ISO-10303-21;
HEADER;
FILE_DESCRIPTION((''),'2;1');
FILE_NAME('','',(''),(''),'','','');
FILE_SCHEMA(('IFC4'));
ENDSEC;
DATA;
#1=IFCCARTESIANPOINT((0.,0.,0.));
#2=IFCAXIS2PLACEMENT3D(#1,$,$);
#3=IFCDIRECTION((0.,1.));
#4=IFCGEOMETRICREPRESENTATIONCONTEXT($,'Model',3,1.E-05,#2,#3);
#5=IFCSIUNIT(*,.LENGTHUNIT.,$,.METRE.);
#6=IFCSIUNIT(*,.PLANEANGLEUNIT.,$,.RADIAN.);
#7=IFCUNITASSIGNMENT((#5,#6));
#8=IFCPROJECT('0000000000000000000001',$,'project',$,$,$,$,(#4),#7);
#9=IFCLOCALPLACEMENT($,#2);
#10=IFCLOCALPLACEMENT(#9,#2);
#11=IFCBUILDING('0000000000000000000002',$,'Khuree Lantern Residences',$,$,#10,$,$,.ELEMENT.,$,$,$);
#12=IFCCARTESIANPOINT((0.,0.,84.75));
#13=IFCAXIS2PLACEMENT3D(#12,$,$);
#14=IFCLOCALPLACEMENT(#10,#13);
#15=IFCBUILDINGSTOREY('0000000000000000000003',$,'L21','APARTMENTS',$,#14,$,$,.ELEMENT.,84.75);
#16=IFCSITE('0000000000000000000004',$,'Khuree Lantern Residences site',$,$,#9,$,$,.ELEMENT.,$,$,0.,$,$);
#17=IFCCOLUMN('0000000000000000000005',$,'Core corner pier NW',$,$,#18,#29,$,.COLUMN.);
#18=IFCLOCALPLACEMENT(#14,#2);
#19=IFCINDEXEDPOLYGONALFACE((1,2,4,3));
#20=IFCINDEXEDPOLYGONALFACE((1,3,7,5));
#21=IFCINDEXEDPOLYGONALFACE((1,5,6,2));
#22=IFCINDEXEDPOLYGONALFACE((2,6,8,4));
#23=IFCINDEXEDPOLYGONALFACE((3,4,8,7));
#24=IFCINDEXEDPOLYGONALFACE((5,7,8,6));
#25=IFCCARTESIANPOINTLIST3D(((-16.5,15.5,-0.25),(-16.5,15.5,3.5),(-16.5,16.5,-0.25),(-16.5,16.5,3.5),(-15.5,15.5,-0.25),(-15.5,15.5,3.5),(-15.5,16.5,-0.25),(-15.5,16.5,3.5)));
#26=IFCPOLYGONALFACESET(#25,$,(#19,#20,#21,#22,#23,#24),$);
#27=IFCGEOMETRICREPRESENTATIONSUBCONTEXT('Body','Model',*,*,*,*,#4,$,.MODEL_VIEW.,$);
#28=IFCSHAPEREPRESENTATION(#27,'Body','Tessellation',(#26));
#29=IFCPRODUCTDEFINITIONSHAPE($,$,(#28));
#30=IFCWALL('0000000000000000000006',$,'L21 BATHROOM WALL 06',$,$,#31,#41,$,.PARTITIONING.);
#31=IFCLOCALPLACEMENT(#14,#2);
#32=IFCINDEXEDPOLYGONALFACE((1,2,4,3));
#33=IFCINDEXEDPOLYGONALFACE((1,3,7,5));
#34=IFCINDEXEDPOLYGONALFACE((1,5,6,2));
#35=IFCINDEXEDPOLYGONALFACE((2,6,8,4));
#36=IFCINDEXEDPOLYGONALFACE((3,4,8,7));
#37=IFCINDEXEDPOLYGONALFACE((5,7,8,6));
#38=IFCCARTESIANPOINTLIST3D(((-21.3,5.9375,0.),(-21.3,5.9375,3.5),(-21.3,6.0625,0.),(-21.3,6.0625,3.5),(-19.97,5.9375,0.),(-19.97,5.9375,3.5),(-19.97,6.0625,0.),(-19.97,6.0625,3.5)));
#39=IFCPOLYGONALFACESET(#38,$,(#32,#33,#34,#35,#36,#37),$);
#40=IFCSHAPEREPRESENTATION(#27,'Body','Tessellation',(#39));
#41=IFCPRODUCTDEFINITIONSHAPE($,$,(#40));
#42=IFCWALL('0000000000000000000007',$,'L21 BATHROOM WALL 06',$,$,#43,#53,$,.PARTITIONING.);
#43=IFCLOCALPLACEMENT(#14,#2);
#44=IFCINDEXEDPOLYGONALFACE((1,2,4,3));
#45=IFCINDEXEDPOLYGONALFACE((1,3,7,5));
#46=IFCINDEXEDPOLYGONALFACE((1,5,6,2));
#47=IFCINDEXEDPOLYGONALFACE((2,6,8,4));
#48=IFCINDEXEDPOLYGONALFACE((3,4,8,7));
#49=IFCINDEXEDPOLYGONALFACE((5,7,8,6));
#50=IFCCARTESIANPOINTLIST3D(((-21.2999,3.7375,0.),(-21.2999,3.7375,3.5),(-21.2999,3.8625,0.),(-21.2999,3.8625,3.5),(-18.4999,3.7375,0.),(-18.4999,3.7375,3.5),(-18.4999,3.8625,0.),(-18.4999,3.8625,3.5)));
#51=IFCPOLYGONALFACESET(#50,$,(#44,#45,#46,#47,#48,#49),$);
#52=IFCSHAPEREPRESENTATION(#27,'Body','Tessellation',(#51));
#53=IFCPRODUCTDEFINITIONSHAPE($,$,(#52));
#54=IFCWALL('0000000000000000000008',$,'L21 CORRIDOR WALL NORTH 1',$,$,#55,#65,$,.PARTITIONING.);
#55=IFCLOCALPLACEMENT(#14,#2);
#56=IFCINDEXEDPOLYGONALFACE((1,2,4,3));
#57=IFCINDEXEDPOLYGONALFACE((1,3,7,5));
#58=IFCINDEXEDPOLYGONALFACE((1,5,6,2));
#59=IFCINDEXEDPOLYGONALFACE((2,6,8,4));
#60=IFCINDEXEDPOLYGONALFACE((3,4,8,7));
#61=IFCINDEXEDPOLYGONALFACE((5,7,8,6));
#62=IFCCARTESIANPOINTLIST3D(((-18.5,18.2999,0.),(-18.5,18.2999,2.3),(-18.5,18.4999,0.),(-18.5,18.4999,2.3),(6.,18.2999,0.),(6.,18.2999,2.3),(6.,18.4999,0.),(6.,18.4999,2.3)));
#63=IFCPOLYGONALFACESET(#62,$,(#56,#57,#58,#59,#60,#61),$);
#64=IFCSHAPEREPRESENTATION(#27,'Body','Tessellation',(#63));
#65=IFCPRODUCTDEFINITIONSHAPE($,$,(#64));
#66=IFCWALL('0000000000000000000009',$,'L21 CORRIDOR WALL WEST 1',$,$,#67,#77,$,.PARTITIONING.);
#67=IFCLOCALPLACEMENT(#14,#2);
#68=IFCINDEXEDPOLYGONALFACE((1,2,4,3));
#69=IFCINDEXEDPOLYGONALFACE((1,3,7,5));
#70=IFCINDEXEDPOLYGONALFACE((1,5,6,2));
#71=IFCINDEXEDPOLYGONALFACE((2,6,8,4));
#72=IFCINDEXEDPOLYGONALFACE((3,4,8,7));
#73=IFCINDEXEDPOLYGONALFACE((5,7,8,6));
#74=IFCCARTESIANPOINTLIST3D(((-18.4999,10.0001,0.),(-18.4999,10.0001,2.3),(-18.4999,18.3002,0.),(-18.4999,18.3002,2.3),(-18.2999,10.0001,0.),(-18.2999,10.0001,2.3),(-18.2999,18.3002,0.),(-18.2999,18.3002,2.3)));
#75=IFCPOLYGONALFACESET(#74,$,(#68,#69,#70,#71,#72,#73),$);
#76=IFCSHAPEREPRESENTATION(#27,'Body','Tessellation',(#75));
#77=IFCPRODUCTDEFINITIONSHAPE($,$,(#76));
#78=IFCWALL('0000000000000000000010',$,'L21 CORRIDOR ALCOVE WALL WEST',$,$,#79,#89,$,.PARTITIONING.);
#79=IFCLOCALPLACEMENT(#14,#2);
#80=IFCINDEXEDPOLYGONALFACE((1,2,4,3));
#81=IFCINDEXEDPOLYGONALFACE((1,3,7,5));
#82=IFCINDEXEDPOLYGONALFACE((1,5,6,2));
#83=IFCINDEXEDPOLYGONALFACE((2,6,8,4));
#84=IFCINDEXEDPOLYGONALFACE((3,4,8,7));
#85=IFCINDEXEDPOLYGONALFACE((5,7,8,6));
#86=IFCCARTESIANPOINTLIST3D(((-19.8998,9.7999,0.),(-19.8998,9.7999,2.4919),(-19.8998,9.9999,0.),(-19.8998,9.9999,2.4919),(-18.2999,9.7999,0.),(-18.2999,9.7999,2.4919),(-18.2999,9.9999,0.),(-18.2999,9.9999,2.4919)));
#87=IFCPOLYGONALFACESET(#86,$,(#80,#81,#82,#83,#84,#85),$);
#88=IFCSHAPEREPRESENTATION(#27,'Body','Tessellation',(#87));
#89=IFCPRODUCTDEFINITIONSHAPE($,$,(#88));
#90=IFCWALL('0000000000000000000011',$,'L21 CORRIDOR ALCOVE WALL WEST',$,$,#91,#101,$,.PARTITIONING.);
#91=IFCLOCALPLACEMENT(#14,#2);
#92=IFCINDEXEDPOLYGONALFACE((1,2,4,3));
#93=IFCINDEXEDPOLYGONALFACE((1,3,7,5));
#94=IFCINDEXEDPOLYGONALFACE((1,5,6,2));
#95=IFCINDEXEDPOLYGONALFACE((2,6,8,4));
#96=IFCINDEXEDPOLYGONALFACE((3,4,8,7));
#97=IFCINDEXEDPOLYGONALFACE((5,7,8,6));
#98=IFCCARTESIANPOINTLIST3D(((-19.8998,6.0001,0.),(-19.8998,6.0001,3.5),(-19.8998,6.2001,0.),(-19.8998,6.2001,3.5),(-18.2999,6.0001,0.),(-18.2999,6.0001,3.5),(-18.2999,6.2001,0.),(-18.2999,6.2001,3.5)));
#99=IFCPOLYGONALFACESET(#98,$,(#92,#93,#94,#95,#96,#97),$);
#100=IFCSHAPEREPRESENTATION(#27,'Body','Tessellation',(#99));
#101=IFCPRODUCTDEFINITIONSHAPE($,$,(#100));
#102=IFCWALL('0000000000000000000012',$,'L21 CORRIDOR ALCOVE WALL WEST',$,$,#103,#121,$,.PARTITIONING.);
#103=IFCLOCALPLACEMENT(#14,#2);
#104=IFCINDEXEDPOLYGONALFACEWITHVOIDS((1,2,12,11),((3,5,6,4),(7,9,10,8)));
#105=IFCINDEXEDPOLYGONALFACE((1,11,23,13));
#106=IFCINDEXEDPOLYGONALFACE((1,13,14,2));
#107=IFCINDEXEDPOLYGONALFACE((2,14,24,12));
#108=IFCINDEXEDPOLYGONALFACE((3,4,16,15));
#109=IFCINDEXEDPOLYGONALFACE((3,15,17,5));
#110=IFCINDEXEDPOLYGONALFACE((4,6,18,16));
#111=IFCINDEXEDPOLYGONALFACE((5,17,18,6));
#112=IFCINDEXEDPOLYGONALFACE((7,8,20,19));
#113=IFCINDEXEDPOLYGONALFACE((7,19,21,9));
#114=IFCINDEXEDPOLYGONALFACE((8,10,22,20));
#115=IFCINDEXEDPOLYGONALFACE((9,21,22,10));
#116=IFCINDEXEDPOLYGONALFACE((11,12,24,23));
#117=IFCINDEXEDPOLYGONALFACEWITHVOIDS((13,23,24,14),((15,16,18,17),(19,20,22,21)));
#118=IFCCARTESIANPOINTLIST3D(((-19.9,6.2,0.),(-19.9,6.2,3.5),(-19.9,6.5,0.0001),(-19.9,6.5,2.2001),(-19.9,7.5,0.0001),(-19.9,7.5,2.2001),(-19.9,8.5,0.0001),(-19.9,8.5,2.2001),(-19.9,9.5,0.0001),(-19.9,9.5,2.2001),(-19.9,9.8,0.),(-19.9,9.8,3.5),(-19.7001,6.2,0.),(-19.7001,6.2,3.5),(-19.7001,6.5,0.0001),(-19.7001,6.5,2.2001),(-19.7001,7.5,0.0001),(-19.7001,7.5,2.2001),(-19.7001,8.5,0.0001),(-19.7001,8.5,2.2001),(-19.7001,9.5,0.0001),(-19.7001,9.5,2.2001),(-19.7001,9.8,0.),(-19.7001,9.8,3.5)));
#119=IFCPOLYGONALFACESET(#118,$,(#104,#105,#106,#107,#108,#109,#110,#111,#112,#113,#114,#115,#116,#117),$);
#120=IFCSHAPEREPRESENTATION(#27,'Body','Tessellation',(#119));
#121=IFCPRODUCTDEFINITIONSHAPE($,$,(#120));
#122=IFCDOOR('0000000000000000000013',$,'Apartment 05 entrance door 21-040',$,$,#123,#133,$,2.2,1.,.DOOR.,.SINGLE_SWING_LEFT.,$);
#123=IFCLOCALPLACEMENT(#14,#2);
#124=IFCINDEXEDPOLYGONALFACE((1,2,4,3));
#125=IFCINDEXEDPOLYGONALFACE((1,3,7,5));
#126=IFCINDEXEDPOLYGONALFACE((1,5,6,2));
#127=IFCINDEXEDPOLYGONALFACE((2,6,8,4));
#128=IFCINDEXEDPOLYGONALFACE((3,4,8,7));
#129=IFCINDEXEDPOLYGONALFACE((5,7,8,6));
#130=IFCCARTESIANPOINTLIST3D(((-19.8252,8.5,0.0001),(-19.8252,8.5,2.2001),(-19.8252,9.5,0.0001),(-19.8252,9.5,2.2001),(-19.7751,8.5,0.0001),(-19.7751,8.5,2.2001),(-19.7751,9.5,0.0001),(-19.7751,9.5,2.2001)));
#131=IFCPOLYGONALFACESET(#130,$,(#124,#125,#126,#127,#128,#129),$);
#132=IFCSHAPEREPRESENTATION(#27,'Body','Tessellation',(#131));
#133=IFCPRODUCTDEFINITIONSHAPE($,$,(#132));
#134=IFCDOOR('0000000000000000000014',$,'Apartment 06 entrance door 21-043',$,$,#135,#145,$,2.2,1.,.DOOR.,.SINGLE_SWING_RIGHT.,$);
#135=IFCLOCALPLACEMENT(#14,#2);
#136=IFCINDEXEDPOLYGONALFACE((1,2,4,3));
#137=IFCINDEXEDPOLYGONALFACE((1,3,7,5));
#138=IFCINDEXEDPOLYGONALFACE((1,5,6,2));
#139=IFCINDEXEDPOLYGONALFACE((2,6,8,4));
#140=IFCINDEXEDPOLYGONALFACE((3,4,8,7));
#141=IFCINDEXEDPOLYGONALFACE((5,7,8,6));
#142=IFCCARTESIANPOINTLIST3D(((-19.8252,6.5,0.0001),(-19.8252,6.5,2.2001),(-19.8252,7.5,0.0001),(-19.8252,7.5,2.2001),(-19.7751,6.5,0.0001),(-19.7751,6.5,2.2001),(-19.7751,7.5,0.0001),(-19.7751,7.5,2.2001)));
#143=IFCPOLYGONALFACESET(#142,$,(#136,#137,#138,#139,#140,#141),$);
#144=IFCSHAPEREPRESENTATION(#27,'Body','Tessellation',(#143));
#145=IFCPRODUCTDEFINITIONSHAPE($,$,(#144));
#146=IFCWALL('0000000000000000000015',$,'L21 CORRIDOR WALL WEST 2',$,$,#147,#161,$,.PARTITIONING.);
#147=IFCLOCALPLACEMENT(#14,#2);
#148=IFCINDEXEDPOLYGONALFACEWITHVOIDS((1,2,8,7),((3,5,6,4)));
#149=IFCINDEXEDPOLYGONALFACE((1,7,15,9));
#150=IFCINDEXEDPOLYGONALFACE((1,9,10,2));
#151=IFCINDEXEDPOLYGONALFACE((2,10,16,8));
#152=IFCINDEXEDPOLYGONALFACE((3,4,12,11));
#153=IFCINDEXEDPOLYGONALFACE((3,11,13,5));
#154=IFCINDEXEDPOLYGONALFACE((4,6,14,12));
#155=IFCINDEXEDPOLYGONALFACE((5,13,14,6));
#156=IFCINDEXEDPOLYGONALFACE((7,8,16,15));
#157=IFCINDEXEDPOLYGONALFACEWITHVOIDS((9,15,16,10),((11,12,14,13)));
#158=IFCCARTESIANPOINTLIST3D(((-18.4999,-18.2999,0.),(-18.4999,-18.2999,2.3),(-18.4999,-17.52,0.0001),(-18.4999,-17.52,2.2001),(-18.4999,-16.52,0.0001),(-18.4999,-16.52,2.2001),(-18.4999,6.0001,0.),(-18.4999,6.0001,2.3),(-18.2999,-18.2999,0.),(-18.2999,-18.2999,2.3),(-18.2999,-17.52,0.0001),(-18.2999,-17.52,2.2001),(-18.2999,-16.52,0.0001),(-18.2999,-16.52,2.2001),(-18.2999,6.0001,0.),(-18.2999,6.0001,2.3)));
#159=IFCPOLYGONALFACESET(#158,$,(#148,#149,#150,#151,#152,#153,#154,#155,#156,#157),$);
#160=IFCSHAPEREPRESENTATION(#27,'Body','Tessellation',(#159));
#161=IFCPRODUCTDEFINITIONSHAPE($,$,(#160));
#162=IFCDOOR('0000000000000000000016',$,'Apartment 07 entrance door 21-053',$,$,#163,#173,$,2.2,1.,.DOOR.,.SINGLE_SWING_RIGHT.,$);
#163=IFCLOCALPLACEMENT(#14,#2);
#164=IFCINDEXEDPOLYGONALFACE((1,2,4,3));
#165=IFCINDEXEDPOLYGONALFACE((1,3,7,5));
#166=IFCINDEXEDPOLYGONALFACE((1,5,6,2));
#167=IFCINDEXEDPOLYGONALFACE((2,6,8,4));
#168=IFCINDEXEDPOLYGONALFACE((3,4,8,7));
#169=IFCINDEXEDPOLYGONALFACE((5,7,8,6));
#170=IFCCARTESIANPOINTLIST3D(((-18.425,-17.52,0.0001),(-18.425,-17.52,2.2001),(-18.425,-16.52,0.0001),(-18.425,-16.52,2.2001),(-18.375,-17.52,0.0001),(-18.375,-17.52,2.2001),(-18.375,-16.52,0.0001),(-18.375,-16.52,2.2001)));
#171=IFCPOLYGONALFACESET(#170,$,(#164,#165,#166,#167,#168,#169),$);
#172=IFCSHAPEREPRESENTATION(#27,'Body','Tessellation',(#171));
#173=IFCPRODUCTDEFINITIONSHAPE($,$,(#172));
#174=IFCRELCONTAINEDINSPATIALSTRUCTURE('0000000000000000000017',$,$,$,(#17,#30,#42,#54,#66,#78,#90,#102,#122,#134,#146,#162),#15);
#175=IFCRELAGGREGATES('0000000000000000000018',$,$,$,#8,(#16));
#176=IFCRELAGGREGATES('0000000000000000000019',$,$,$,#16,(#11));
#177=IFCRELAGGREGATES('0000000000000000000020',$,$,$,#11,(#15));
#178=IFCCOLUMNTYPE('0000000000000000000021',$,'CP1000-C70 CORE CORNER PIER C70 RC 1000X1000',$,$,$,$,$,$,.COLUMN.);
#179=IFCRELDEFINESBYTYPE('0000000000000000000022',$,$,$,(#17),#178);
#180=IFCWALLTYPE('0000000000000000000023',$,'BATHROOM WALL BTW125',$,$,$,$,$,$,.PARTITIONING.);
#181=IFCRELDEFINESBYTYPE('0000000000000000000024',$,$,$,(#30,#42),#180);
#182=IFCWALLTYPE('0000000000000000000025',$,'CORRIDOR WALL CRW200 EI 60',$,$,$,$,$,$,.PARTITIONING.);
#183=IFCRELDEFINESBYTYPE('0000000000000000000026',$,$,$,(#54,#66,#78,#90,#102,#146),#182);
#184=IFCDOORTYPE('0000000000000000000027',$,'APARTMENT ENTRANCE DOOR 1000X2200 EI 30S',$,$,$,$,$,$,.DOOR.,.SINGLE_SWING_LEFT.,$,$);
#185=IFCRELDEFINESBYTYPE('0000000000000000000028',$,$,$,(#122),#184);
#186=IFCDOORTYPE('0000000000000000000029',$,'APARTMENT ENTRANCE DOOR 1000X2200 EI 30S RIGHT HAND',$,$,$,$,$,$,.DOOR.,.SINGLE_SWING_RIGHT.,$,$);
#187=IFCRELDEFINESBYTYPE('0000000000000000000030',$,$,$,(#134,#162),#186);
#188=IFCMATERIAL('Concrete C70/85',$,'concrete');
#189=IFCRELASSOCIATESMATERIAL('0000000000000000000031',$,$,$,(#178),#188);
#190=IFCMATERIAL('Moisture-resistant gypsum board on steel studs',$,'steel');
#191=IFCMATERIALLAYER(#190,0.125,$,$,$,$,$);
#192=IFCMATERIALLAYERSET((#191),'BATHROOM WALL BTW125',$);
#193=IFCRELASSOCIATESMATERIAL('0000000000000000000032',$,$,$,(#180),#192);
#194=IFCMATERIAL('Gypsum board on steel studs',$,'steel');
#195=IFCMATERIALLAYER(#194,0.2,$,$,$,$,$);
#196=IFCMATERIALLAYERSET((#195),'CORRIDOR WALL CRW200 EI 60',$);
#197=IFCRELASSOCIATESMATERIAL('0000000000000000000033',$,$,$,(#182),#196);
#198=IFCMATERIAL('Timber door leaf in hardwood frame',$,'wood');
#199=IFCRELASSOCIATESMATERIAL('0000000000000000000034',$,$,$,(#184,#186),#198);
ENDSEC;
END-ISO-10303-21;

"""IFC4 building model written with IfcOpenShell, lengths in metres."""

from ifc_helpers import new_model, si_unit, direction, frame, frame_2d, origin, origin_2d, place, context, subcontext, project, spatial, rectangle, extrude, material, layer, layer_set, material_profile, profile_set, type_object, element, fill, save


model = new_model("IFC4")

# Units and contexts
model_context = context("Model", 3, precision=1e-05, world=origin(), true_north=direction((0.0, 1.0)))
body_context = subcontext(model_context, "Body", "Model", "MODEL_VIEW")
ifc_project = project(units=[si_unit("LENGTHUNIT", "METRE"), si_unit("PLANEANGLEUNIT", "RADIAN")], contexts=[model_context])

# Site, building, storey
site_placement = place(None, origin())
site = spatial("IfcSite", under=ifc_project, at=site_placement, Name="Khuree Lantern Residences site", CompositionType="ELEMENT", RefElevation=0.0)
building_placement = place(site_placement, origin())
building = spatial("IfcBuilding", under=site, at=building_placement, Name="Khuree Lantern Residences", CompositionType="ELEMENT")
storey_placement = place(building_placement, frame((0.0, 0.0, 84.75)))
storey = spatial("IfcBuildingStorey", under=building, at=storey_placement, Name="L21", Description="APARTMENTS", CompositionType="ELEMENT", Elevation=84.75)

# Column
ifc_material_1 = material(Name="Concrete C70/85", Category="concrete")
ifc_material_profile = material_profile(ifc_material_1, rectangle(XDim=1.0, YDim=1.0, at=origin_2d()), Name="RC 1000X1000")
ifc_profile_set = profile_set([ifc_material_profile], Name="Concrete C70/85")
column_type = type_object("IfcColumnType", Name="CP1000-C70 CORE CORNER PIER C70 RC 1000X1000", PredefinedType="COLUMN", material=ifc_profile_set)
column_placement = place(storey_placement, frame((-16.0, 16.0, -0.25), z_axis=(0.0, 0.0, 1.0), x_axis=(1.0, 0.0, 0.0)))
element("IfcColumn", 1, at=column_placement, inside=storey, type_object=column_type, Name="Core corner pier NW", PredefinedType="COLUMN", context=body_context, shape_type="SweptSolid", body=[
    extrude(rectangle(XDim=1.0, YDim=1.0, at=origin_2d()), origin(), (0.0, 0.0, 1.0), 3.75),
])

# Walls
ifc_material_2 = material(Name="Moisture-resistant gypsum board on steel studs", Category="steel")
ifc_layer_1 = layer(ifc_material_2, 0.125)
ifc_layer_set_1 = layer_set([ifc_layer_1], Name="BATHROOM WALL BTW125")
wall_type_1 = type_object("IfcWallType", Name="BATHROOM WALL BTW125", PredefinedType="PARTITIONING", material=ifc_layer_set_1)
wall_1_placement = place(storey_placement, frame((-19.97, 6.0, 0.0), z_axis=(0.0, 0.0, 1.0), x_axis=(-1.0, 0.0, 0.0)))
element("IfcWall", 2, at=wall_1_placement, inside=storey, type_object=wall_type_1, Name="L21 BATHROOM WALL 06", PredefinedType="PARTITIONING", context=body_context, shape_type="SweptSolid", body=[
    extrude(rectangle(XDim=1.3301, YDim=0.125, at=frame_2d((0.665, 0.0))), origin(), (0.0, 0.0, 1.0), 3.5),
])
wall_2_placement = place(storey_placement, frame((-18.5, 3.8, 0.0), z_axis=(0.0, 0.0, 1.0), x_axis=(-1.0, 0.0, 0.0)))
element("IfcWall", 3, at=wall_2_placement, inside=storey, type_object=wall_type_1, Name="L21 BATHROOM WALL 06", PredefinedType="PARTITIONING", context=body_context, shape_type="SweptSolid", body=[
    extrude(rectangle(XDim=2.8, YDim=0.125, at=frame_2d((1.3999, 0.0))), origin(), (0.0, 0.0, 1.0), 3.5),
])
ifc_material_3 = material(Name="Gypsum board on steel studs", Category="steel")
ifc_layer_2 = layer(ifc_material_3, 0.2)
ifc_layer_set_2 = layer_set([ifc_layer_2], Name="CORRIDOR WALL CRW200 EI 60")
wall_type_2 = type_object("IfcWallType", Name="CORRIDOR WALL CRW200 EI 60", PredefinedType="PARTITIONING", material=ifc_layer_set_2)
wall_3_placement = place(storey_placement, frame((-18.5, 18.3999, 0.0), z_axis=(0.0, 0.0, 1.0), x_axis=(1.0, 0.0, 0.0)))
element("IfcWall", 4, at=wall_3_placement, inside=storey, type_object=wall_type_2, Name="L21 CORRIDOR WALL NORTH 1", PredefinedType="PARTITIONING", context=body_context, shape_type="SweptSolid", body=[
    extrude(rectangle(XDim=24.5, YDim=0.2, at=frame_2d((12.25, 0.0))), origin(), (0.0, 0.0, 1.0), 2.3),
])
wall_4_placement = place(storey_placement, frame((-18.3999, 18.3, 0.0), z_axis=(0.0, 0.0, 1.0), x_axis=(0.0, -1.0, 0.0)))
element("IfcWall", 5, at=wall_4_placement, inside=storey, type_object=wall_type_2, Name="L21 CORRIDOR WALL WEST 1", PredefinedType="PARTITIONING", context=body_context, shape_type="SweptSolid", body=[
    extrude(rectangle(XDim=8.3, YDim=0.2, at=frame_2d((4.1499, 0.0))), origin(), (0.0, 0.0, 1.0), 2.3),
])
wall_5_placement = place(storey_placement, frame((-18.3, 9.8999, 0.0), z_axis=(0.0, 0.0, 1.0), x_axis=(-1.0, 0.0, 0.0)))
element("IfcWall", 6, at=wall_5_placement, inside=storey, type_object=wall_type_2, Name="L21 CORRIDOR ALCOVE WALL WEST", PredefinedType="PARTITIONING", context=body_context, shape_type="SweptSolid", body=[
    extrude(rectangle(XDim=1.5999, YDim=0.2, at=frame_2d((0.7998, 0.0))), origin(), (0.0, 0.0, 1.0), 2.4919),
])
wall_6_placement = place(storey_placement, frame((-18.3, 6.1001, 0.0), z_axis=(0.0, 0.0, 1.0), x_axis=(-1.0, 0.0, 0.0)))
element("IfcWall", 7, at=wall_6_placement, inside=storey, type_object=wall_type_2, Name="L21 CORRIDOR ALCOVE WALL WEST", PredefinedType="PARTITIONING", context=body_context, shape_type="SweptSolid", body=[
    extrude(rectangle(XDim=1.5999, YDim=0.2, at=frame_2d((0.7998, 0.0))), origin(), (0.0, 0.0, 1.0), 3.5),
])

# Wall, openings, doors
wall_7_placement = place(storey_placement, frame((-19.8, 9.8, 0.0), z_axis=(0.0, 0.0, 1.0), x_axis=(0.0, -1.0, 0.0)))
wall_7 = element("IfcWall", 8, at=wall_7_placement, inside=storey, type_object=wall_type_2, Name="L21 CORRIDOR ALCOVE WALL WEST", PredefinedType="PARTITIONING", context=body_context, shape_type="SweptSolid", body=[
    extrude(rectangle(XDim=3.6001, YDim=0.2, at=frame_2d((1.8, 0.0))), origin(), (0.0, 0.0, 1.0), 3.5),
])
opening_1_placement = place(wall_7_placement, frame((0.3, 0.0, 0.0)))
opening_1 = element("IfcOpeningElement", 9, at=opening_1_placement, cuts=wall_7, PredefinedType="OPENING", context=body_context, shape_type="SweptSolid", body=[
    extrude(rectangle(XDim=1.0, YDim=2.2, at=frame_2d((0.5, 1.1001))), frame((0.0, 0.1099, 0.0), z_axis=(0.0, -1.0, 0.0), x_axis=(1.0, 0.0, 0.0)), (0.0, 0.0, 1.0), 0.22),
])
opening_2_placement = place(wall_7_placement, frame((2.3, 0.0, 0.0)))
opening_2 = element("IfcOpeningElement", 10, at=opening_2_placement, cuts=wall_7, PredefinedType="OPENING", context=body_context, shape_type="SweptSolid", body=[
    extrude(rectangle(XDim=1.0, YDim=2.2, at=frame_2d((0.5, 1.1001))), frame((0.0, 0.1099, 0.0), z_axis=(0.0, -1.0, 0.0), x_axis=(1.0, 0.0, 0.0)), (0.0, 0.0, 1.0), 0.22),
])
ifc_material_4 = material(Name="Timber door leaf in hardwood frame", Category="wood")
door_type_1 = type_object("IfcDoorType", Name="APARTMENT ENTRANCE DOOR 1000X2200 EI 30S", OperationType="SINGLE_SWING_LEFT", PredefinedType="DOOR", material=ifc_material_4)
door_1_placement = place(opening_1_placement, origin())
door_1 = element("IfcDoor", 11, at=door_1_placement, inside=storey, type_object=door_type_1, Name="Apartment 05 entrance door 21-040", OperationType="SINGLE_SWING_LEFT", OverallHeight=2.2, OverallWidth=1.0, PredefinedType="DOOR", context=body_context, shape_type="SweptSolid", body=[
    extrude(rectangle(XDim=1.0, YDim=2.2, at=frame_2d((0.5, 1.1001))), frame((0.0, 0.0249, 0.0), z_axis=(0.0, -1.0, 0.0), x_axis=(1.0, 0.0, 0.0)), (0.0, 0.0, 1.0), 0.05),
])
fill(opening_1, door_1)
door_type_2 = type_object("IfcDoorType", Name="APARTMENT ENTRANCE DOOR 1000X2200 EI 30S RIGHT HAND", OperationType="SINGLE_SWING_RIGHT", PredefinedType="DOOR", material=ifc_material_4)
door_2_placement = place(opening_2_placement, origin())
door_2 = element("IfcDoor", 12, at=door_2_placement, inside=storey, type_object=door_type_2, Name="Apartment 06 entrance door 21-043", OperationType="SINGLE_SWING_RIGHT", OverallHeight=2.2, OverallWidth=1.0, PredefinedType="DOOR", context=body_context, shape_type="SweptSolid", body=[
    extrude(rectangle(XDim=1.0, YDim=2.2, at=frame_2d((0.5, 1.1001))), frame((0.0, 0.0249, 0.0), z_axis=(0.0, -1.0, 0.0), x_axis=(1.0, 0.0, 0.0)), (0.0, 0.0, 1.0), 0.05),
])
fill(opening_2, door_2)

# Wall, opening, door
wall_8_placement = place(storey_placement, frame((-18.3999, 6.0, 0.0), z_axis=(0.0, 0.0, 1.0), x_axis=(0.0, -1.0, 0.0)))
wall_8 = element("IfcWall", 13, at=wall_8_placement, inside=storey, type_object=wall_type_2, Name="L21 CORRIDOR WALL WEST 2", PredefinedType="PARTITIONING", context=body_context, shape_type="SweptSolid", body=[
    extrude(rectangle(XDim=24.3, YDim=0.2, at=frame_2d((12.1499, 0.0))), origin(), (0.0, 0.0, 1.0), 2.3),
])
opening_3_placement = place(wall_8_placement, frame((22.52, 0.0, 0.0)))
opening_3 = element("IfcOpeningElement", 14, at=opening_3_placement, cuts=wall_8, PredefinedType="OPENING", context=body_context, shape_type="SweptSolid", body=[
    extrude(rectangle(XDim=1.0, YDim=2.2, at=frame_2d((0.5, 1.1001))), frame((0.0, 0.1099, 0.0), z_axis=(0.0, -1.0, 0.0), x_axis=(1.0, 0.0, 0.0)), (0.0, 0.0, 1.0), 0.22),
])
door_3_placement = place(opening_3_placement, origin())
door_3 = element("IfcDoor", 15, at=door_3_placement, inside=storey, type_object=door_type_2, Name="Apartment 07 entrance door 21-053", OperationType="SINGLE_SWING_RIGHT", OverallHeight=2.2, OverallWidth=1.0, PredefinedType="DOOR", context=body_context, shape_type="SweptSolid", body=[
    extrude(rectangle(XDim=1.0, YDim=2.2, at=frame_2d((0.5, 1.1001))), frame((0.0, 0.0249, 0.0), z_axis=(0.0, -1.0, 0.0), x_axis=(1.0, 0.0, 0.0)), (0.0, 0.0, 1.0), 0.05),
])
fill(opening_3, door_3)

save(model, "model.ifc")
